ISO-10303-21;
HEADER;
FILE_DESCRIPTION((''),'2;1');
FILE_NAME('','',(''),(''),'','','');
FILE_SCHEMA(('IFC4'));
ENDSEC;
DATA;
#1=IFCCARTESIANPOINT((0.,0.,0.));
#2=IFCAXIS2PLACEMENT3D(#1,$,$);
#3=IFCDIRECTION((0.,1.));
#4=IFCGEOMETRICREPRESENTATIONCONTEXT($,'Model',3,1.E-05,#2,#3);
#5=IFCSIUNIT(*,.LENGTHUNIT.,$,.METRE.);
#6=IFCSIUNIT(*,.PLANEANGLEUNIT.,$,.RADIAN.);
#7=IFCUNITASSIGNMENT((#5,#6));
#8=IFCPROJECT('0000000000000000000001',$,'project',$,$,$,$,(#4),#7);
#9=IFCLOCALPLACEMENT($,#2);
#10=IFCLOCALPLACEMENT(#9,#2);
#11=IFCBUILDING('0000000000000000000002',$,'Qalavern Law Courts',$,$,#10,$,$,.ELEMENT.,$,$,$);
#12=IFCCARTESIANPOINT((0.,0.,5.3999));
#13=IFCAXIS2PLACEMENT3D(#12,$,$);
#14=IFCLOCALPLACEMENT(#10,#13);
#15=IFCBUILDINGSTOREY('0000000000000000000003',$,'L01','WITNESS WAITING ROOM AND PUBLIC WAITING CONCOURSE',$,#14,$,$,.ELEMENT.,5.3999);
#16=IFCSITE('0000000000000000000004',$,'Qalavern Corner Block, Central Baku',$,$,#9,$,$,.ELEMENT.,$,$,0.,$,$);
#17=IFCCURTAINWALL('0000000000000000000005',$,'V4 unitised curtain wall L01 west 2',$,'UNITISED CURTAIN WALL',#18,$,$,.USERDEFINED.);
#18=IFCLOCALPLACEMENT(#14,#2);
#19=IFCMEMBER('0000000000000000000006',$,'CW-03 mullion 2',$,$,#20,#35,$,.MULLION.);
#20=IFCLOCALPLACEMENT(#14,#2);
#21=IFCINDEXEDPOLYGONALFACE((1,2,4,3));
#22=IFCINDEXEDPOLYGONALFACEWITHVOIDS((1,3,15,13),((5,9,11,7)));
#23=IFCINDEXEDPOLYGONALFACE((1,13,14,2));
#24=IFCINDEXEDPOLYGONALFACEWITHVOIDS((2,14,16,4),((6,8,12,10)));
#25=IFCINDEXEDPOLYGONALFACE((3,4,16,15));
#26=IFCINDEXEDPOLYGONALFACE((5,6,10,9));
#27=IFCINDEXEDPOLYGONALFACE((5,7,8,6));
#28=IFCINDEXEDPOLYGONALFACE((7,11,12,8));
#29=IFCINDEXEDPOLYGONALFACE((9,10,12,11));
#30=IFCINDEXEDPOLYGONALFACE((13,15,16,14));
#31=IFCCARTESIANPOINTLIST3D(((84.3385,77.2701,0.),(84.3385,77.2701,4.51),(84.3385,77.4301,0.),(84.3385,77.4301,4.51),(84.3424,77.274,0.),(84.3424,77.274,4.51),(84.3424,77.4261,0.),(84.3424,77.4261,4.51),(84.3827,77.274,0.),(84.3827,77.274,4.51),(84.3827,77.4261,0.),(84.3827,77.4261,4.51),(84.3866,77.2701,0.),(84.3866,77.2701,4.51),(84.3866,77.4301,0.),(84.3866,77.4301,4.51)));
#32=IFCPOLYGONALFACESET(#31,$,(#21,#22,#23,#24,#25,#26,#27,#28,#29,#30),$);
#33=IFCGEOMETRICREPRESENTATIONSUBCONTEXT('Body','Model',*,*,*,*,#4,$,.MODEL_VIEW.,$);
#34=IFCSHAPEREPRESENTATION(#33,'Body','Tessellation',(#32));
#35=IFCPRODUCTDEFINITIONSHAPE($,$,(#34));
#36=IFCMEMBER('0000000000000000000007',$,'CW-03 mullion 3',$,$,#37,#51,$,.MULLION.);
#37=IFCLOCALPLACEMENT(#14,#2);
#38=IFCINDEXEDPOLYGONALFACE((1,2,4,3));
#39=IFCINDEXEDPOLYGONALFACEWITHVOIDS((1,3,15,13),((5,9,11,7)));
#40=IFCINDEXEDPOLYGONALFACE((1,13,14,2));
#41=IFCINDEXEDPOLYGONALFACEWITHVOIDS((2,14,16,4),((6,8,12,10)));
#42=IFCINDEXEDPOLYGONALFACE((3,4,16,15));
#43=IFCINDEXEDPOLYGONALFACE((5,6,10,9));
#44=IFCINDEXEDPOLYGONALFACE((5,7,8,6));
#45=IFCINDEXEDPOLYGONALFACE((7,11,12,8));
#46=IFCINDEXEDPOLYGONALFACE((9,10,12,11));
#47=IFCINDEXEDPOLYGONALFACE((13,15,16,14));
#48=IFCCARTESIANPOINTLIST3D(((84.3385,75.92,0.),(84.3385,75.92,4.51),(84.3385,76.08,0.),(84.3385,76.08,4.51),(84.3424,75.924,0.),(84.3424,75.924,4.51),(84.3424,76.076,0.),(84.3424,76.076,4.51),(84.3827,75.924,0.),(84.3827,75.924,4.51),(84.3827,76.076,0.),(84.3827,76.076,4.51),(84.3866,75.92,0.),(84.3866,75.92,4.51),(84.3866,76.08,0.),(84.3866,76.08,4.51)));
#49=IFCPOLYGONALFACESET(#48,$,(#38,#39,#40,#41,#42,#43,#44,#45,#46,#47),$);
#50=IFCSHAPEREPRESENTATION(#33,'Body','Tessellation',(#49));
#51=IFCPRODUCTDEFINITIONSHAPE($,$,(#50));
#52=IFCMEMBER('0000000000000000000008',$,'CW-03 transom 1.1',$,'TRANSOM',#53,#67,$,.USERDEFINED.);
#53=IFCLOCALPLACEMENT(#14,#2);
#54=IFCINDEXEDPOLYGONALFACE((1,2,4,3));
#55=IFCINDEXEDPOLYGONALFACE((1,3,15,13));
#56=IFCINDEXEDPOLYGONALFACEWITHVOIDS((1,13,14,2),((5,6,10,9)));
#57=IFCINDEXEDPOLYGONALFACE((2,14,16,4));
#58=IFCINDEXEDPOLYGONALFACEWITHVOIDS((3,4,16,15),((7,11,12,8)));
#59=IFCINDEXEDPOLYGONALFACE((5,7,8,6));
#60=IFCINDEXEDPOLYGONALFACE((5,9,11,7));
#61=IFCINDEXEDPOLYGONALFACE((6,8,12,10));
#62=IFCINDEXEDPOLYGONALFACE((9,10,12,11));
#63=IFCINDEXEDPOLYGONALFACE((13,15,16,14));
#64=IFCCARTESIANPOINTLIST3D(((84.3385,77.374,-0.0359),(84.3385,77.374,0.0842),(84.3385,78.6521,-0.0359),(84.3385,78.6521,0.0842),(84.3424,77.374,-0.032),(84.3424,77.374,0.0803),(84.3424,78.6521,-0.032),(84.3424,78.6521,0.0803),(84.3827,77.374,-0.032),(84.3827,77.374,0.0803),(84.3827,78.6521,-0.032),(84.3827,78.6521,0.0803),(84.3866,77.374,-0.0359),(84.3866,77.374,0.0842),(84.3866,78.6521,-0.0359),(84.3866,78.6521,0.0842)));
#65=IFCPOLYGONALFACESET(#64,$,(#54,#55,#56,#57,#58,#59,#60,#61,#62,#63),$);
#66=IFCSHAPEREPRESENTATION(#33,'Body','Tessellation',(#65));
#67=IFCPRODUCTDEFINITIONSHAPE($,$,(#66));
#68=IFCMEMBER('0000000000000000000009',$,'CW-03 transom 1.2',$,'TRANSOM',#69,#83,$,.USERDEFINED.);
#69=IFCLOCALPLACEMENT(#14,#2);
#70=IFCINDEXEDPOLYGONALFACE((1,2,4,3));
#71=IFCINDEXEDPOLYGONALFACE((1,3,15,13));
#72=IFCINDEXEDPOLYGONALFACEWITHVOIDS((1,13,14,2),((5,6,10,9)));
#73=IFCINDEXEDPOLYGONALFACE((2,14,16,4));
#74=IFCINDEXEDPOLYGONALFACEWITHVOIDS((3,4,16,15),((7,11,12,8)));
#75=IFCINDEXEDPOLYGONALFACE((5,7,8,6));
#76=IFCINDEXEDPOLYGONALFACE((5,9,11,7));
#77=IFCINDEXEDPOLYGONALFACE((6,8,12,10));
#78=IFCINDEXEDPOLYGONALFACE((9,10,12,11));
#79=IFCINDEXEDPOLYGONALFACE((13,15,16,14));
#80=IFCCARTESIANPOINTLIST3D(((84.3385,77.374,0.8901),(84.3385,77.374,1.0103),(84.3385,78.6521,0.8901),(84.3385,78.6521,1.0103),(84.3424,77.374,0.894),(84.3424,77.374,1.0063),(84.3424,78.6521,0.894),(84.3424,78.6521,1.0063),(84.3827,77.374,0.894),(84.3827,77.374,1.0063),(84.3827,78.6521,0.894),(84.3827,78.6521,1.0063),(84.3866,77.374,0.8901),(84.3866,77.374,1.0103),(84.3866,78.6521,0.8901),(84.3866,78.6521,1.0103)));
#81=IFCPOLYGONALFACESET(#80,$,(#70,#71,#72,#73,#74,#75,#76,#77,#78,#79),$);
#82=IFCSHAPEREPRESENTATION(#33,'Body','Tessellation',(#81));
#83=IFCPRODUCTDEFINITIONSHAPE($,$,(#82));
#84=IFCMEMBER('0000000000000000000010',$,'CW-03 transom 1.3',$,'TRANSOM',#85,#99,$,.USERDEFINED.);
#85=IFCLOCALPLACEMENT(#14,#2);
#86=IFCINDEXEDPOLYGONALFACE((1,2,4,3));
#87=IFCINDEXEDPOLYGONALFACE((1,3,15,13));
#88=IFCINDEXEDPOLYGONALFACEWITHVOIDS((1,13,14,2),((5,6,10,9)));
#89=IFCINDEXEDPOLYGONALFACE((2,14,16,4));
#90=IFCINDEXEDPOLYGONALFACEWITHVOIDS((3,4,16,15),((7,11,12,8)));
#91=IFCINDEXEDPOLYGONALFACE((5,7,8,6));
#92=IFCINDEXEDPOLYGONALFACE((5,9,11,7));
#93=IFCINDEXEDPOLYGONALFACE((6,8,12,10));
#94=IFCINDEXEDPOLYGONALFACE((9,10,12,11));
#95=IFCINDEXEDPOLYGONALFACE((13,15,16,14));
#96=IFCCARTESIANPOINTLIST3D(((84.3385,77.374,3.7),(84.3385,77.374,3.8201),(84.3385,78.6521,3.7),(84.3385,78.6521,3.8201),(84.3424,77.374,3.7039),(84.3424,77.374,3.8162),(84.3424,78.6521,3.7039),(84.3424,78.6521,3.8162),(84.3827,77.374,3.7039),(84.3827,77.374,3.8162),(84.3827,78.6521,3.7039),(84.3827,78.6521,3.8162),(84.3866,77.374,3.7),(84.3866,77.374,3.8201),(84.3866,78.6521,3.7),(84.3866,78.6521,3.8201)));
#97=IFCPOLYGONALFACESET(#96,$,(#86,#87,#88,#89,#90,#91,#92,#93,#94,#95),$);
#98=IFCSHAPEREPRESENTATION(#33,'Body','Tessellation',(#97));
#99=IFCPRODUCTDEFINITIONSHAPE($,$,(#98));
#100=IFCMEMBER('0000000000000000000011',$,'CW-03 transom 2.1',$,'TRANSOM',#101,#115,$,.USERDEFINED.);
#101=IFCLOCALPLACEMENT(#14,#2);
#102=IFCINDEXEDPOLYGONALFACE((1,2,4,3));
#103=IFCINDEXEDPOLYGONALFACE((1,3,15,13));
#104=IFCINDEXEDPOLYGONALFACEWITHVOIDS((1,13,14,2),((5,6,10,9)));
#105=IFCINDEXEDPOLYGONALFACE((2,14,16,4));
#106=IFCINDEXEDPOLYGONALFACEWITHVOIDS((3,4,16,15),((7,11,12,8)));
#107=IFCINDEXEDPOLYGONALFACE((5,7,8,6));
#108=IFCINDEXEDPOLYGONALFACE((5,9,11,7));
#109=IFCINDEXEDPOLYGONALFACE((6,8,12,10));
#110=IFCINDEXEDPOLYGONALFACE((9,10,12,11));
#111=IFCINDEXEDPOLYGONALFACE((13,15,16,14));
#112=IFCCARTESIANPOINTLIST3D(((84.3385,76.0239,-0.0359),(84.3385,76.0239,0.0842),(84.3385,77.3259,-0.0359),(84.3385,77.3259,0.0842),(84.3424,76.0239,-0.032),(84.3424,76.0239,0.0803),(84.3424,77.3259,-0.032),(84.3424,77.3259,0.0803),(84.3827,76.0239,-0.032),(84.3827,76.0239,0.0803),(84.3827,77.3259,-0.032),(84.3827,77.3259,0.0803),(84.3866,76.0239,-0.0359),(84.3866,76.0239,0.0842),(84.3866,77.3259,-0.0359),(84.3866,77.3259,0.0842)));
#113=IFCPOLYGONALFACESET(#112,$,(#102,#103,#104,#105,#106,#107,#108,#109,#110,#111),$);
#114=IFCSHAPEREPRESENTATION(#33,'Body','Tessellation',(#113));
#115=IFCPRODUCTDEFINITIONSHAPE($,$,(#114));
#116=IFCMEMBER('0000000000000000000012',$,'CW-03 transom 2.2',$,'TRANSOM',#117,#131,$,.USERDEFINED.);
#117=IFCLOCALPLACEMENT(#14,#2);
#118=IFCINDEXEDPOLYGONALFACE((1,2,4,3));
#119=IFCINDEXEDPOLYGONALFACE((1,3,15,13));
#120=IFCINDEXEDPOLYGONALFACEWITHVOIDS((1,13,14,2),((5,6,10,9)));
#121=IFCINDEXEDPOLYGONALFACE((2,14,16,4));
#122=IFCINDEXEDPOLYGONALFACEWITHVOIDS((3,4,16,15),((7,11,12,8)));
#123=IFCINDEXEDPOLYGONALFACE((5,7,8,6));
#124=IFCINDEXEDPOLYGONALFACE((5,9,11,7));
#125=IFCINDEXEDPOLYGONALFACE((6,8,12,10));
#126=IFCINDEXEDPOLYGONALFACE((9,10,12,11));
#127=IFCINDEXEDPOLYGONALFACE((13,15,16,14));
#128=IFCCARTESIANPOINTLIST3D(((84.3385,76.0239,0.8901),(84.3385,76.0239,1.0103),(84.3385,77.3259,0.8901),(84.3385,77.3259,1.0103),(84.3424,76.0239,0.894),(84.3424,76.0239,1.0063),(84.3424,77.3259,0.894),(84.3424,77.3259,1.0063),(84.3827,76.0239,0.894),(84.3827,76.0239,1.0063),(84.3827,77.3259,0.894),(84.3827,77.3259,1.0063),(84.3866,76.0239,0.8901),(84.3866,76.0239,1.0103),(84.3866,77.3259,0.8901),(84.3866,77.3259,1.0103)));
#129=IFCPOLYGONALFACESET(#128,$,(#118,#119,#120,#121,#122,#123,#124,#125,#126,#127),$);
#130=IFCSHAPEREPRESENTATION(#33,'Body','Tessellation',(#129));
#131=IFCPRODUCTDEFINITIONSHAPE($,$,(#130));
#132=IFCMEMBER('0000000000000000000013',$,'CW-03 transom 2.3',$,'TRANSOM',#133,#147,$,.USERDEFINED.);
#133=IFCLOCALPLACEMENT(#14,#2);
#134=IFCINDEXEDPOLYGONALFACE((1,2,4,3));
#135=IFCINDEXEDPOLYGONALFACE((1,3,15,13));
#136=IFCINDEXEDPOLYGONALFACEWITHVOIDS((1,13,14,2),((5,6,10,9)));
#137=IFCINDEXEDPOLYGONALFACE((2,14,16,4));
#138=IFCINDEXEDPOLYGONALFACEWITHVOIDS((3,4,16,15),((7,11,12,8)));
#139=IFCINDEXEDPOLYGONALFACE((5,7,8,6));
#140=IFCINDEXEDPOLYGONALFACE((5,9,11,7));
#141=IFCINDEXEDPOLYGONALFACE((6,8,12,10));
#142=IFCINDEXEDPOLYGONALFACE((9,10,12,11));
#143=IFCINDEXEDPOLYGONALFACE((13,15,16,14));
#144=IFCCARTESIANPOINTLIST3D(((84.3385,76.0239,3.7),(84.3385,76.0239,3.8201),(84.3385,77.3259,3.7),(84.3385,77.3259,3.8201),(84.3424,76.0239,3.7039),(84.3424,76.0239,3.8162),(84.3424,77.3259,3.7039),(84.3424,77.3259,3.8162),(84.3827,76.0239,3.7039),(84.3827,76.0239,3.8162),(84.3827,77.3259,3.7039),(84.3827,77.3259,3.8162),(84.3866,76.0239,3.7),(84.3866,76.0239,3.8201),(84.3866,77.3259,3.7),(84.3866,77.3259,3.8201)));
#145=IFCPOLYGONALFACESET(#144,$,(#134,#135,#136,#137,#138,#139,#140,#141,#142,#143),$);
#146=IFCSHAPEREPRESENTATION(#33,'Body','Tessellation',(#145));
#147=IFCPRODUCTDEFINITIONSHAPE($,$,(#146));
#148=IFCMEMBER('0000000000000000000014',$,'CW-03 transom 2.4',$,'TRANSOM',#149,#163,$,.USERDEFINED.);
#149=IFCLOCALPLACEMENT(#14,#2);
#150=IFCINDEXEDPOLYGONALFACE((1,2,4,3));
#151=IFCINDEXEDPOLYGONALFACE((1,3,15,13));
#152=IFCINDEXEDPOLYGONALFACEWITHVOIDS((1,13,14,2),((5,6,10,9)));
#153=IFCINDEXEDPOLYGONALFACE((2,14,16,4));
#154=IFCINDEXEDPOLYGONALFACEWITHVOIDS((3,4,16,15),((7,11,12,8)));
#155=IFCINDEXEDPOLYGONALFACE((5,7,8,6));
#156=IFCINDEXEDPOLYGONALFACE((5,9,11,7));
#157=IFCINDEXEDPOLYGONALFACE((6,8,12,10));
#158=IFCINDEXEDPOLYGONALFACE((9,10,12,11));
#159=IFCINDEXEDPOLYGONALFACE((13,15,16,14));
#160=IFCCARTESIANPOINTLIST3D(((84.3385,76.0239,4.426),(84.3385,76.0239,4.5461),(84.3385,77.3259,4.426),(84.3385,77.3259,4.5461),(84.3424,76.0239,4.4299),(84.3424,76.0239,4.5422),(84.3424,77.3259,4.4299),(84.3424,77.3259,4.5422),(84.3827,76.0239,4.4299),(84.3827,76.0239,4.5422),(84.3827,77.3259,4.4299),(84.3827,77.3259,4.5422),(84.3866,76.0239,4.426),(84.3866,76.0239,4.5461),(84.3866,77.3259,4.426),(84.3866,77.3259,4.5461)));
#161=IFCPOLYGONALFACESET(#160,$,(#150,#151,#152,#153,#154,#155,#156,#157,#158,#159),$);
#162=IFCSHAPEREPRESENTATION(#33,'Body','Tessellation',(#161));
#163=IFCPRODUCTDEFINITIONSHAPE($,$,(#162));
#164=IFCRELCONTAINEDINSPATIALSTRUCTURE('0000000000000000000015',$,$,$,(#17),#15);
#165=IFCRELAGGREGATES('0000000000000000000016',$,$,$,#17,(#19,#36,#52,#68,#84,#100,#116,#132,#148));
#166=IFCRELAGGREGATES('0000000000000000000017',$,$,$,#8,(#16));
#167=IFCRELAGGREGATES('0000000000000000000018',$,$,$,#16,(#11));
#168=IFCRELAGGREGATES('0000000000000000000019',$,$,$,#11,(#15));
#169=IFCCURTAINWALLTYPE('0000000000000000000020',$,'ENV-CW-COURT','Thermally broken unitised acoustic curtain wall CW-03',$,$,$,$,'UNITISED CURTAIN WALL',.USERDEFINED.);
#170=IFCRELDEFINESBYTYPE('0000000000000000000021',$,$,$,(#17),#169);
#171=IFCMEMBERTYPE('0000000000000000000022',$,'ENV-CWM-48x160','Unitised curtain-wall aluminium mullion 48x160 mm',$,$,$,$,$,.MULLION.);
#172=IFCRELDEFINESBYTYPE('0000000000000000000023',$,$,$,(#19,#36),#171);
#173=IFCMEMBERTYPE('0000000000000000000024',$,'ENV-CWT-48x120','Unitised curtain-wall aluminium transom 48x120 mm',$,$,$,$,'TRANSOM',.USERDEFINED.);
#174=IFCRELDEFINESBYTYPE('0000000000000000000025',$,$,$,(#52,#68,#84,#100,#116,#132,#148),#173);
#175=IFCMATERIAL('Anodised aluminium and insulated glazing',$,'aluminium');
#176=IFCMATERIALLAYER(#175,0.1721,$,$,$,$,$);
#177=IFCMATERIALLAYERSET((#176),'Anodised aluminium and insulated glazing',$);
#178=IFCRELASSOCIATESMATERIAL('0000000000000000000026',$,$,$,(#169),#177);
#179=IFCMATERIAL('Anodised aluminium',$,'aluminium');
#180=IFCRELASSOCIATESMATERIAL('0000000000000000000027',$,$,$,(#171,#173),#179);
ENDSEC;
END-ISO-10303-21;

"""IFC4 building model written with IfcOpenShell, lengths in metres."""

from ifc_helpers import new_model, si_unit, direction, frame, origin, origin_2d, place, context, subcontext, project, spatial, hollow_rectangle, extrude, material, layer, layer_set, material_profile, profile_set, type_object, element, aggregate, save


model = new_model("IFC4")

# Units and contexts
model_context = context("Model", 3, precision=1e-05, world=origin(), true_north=direction((0.0, 1.0)))
body_context = subcontext(model_context, "Body", "Model", "MODEL_VIEW")
ifc_project = project(units=[si_unit("LENGTHUNIT", "METRE"), si_unit("PLANEANGLEUNIT", "RADIAN")], contexts=[model_context])

# Site, building, storey
site_placement = place(None, origin())
site = spatial("IfcSite", under=ifc_project, at=site_placement, Name="Qalavern Corner Block, Central Baku", CompositionType="ELEMENT", RefElevation=0.0)
building_placement = place(site_placement, origin())
building = spatial("IfcBuilding", under=site, at=building_placement, Name="Qalavern Law Courts", CompositionType="ELEMENT")
storey_placement = place(building_placement, frame((0.0, 0.0, 5.3999)))
storey = spatial("IfcBuildingStorey", under=building, at=storey_placement, Name="L01", Description="WITNESS WAITING ROOM AND PUBLIC WAITING CONCOURSE", CompositionType="ELEMENT", Elevation=5.3999)

# Curtain wall, members
ifc_material_1 = material(Name="Anodised aluminium and insulated glazing", Category="aluminium")
ifc_layer_1 = layer(ifc_material_1, 0.1721)
ifc_layer_set_1 = layer_set([ifc_layer_1], Name="Anodised aluminium and insulated glazing")
curtain_wall_type = type_object("IfcCurtainWallType", Name="ENV-CW-COURT", Description="Thermally broken unitised acoustic curtain wall CW-03", ElementType="UNITISED CURTAIN WALL", PredefinedType="USERDEFINED", material=ifc_layer_set_1)
curtain_wall_placement = place(storey_placement, origin())
curtain_wall = element("IfcCurtainWall", 1, at=curtain_wall_placement, inside=storey, type_object=curtain_wall_type, Name="V4 unitised curtain wall L01 west 2", ObjectType="UNITISED CURTAIN WALL", PredefinedType="USERDEFINED")
ifc_material_2 = material(Name="Anodised aluminium", Category="aluminium")
ifc_material_profile_1 = material_profile(ifc_material_2, hollow_rectangle(XDim=0.0481, YDim=0.1599, WallThickness=0.0039, at=origin_2d()), Name="ALU MULLION 48x160")
ifc_profile_set_1 = profile_set([ifc_material_profile_1], Name="Anodised aluminium")
member_type_1 = type_object("IfcMemberType", Name="ENV-CWM-48x160", Description="Unitised curtain-wall aluminium mullion 48x160 mm", PredefinedType="MULLION", material=ifc_profile_set_1)
member_1_placement = place(storey_placement, frame((84.3625, 77.3501, 0.0), z_axis=(0.0, 0.0, 1.0), x_axis=(1.0, 0.0, 0.0)))
member_1 = element("IfcMember", 2, at=member_1_placement, type_object=member_type_1, Name="CW-03 mullion 2", PredefinedType="MULLION", context=body_context, shape_type="SweptSolid", body=[
    extrude(hollow_rectangle(XDim=0.0481, YDim=0.1599, WallThickness=0.0039, at=origin_2d()), origin(), (0.0, 0.0, 1.0), 4.51),
])
member_2_placement = place(storey_placement, frame((84.3625, 76.0, 0.0), z_axis=(0.0, 0.0, 1.0), x_axis=(1.0, 0.0, 0.0)))
member_2 = element("IfcMember", 3, at=member_2_placement, type_object=member_type_1, Name="CW-03 mullion 3", PredefinedType="MULLION", context=body_context, shape_type="SweptSolid", body=[
    extrude(hollow_rectangle(XDim=0.0481, YDim=0.1599, WallThickness=0.0039, at=origin_2d()), origin(), (0.0, 0.0, 1.0), 4.51),
])
ifc_material_profile_2 = material_profile(ifc_material_2, hollow_rectangle(XDim=0.0481, YDim=0.1201, WallThickness=0.0039, at=origin_2d()), Name="ALU TRANSOM 48x120")
ifc_profile_set_2 = profile_set([ifc_material_profile_2], Name="Anodised aluminium")
member_type_2 = type_object("IfcMemberType", Name="ENV-CWT-48x120", Description="Unitised curtain-wall aluminium transom 48x120 mm", ElementType="TRANSOM", PredefinedType="USERDEFINED", material=ifc_profile_set_2)
member_3_placement = place(storey_placement, frame((84.3625, 78.6521, 0.0242), z_axis=(0.0, -1.0, 0.0), x_axis=(1.0, 0.0, 0.0)))
member_3 = element("IfcMember", 4, at=member_3_placement, type_object=member_type_2, Name="CW-03 transom 1.1", ObjectType="TRANSOM", PredefinedType="USERDEFINED", context=body_context, shape_type="SweptSolid", body=[
    extrude(hollow_rectangle(XDim=0.0481, YDim=0.1201, WallThickness=0.0039, at=origin_2d()), origin(), (0.0, 0.0, 1.0), 1.2781),
])
member_4_placement = place(storey_placement, frame((84.3625, 78.6521, 0.9502), z_axis=(0.0, -1.0, 0.0), x_axis=(1.0, 0.0, 0.0)))
member_4 = element("IfcMember", 5, at=member_4_placement, type_object=member_type_2, Name="CW-03 transom 1.2", ObjectType="TRANSOM", PredefinedType="USERDEFINED", context=body_context, shape_type="SweptSolid", body=[
    extrude(hollow_rectangle(XDim=0.0481, YDim=0.1201, WallThickness=0.0039, at=origin_2d()), origin(), (0.0, 0.0, 1.0), 1.2781),
])
member_5_placement = place(storey_placement, frame((84.3625, 78.6521, 3.76), z_axis=(0.0, -1.0, 0.0), x_axis=(1.0, 0.0, 0.0)))
member_5 = element("IfcMember", 6, at=member_5_placement, type_object=member_type_2, Name="CW-03 transom 1.3", ObjectType="TRANSOM", PredefinedType="USERDEFINED", context=body_context, shape_type="SweptSolid", body=[
    extrude(hollow_rectangle(XDim=0.0481, YDim=0.1201, WallThickness=0.0039, at=origin_2d()), origin(), (0.0, 0.0, 1.0), 1.2781),
])
member_6_placement = place(storey_placement, frame((84.3625, 77.3259, 0.0242), z_axis=(0.0, -1.0, 0.0), x_axis=(1.0, 0.0, 0.0)))
member_6 = element("IfcMember", 7, at=member_6_placement, type_object=member_type_2, Name="CW-03 transom 2.1", ObjectType="TRANSOM", PredefinedType="USERDEFINED", context=body_context, shape_type="SweptSolid", body=[
    extrude(hollow_rectangle(XDim=0.0481, YDim=0.1201, WallThickness=0.0039, at=origin_2d()), origin(), (0.0, 0.0, 1.0), 1.302),
])
member_7_placement = place(storey_placement, frame((84.3625, 77.3259, 0.9502), z_axis=(0.0, -1.0, 0.0), x_axis=(1.0, 0.0, 0.0)))
member_7 = element("IfcMember", 8, at=member_7_placement, type_object=member_type_2, Name="CW-03 transom 2.2", ObjectType="TRANSOM", PredefinedType="USERDEFINED", context=body_context, shape_type="SweptSolid", body=[
    extrude(hollow_rectangle(XDim=0.0481, YDim=0.1201, WallThickness=0.0039, at=origin_2d()), origin(), (0.0, 0.0, 1.0), 1.302),
])
member_8_placement = place(storey_placement, frame((84.3625, 77.3259, 3.76), z_axis=(0.0, -1.0, 0.0), x_axis=(1.0, 0.0, 0.0)))
member_8 = element("IfcMember", 9, at=member_8_placement, type_object=member_type_2, Name="CW-03 transom 2.3", ObjectType="TRANSOM", PredefinedType="USERDEFINED", context=body_context, shape_type="SweptSolid", body=[
    extrude(hollow_rectangle(XDim=0.0481, YDim=0.1201, WallThickness=0.0039, at=origin_2d()), origin(), (0.0, 0.0, 1.0), 1.302),
])
member_9_placement = place(storey_placement, frame((84.3625, 77.3259, 4.4861), z_axis=(0.0, -1.0, 0.0), x_axis=(1.0, 0.0, 0.0)))
member_9 = element("IfcMember", 10, at=member_9_placement, type_object=member_type_2, Name="CW-03 transom 2.4", ObjectType="TRANSOM", PredefinedType="USERDEFINED", context=body_context, shape_type="SweptSolid", body=[
    extrude(hollow_rectangle(XDim=0.0481, YDim=0.1201, WallThickness=0.0039, at=origin_2d()), origin(), (0.0, 0.0, 1.0), 1.302),
])

aggregate(curtain_wall, [member_1, member_2, member_3, member_4, member_5, member_6, member_7, member_8, member_9])

save(model, "model.ifc")
